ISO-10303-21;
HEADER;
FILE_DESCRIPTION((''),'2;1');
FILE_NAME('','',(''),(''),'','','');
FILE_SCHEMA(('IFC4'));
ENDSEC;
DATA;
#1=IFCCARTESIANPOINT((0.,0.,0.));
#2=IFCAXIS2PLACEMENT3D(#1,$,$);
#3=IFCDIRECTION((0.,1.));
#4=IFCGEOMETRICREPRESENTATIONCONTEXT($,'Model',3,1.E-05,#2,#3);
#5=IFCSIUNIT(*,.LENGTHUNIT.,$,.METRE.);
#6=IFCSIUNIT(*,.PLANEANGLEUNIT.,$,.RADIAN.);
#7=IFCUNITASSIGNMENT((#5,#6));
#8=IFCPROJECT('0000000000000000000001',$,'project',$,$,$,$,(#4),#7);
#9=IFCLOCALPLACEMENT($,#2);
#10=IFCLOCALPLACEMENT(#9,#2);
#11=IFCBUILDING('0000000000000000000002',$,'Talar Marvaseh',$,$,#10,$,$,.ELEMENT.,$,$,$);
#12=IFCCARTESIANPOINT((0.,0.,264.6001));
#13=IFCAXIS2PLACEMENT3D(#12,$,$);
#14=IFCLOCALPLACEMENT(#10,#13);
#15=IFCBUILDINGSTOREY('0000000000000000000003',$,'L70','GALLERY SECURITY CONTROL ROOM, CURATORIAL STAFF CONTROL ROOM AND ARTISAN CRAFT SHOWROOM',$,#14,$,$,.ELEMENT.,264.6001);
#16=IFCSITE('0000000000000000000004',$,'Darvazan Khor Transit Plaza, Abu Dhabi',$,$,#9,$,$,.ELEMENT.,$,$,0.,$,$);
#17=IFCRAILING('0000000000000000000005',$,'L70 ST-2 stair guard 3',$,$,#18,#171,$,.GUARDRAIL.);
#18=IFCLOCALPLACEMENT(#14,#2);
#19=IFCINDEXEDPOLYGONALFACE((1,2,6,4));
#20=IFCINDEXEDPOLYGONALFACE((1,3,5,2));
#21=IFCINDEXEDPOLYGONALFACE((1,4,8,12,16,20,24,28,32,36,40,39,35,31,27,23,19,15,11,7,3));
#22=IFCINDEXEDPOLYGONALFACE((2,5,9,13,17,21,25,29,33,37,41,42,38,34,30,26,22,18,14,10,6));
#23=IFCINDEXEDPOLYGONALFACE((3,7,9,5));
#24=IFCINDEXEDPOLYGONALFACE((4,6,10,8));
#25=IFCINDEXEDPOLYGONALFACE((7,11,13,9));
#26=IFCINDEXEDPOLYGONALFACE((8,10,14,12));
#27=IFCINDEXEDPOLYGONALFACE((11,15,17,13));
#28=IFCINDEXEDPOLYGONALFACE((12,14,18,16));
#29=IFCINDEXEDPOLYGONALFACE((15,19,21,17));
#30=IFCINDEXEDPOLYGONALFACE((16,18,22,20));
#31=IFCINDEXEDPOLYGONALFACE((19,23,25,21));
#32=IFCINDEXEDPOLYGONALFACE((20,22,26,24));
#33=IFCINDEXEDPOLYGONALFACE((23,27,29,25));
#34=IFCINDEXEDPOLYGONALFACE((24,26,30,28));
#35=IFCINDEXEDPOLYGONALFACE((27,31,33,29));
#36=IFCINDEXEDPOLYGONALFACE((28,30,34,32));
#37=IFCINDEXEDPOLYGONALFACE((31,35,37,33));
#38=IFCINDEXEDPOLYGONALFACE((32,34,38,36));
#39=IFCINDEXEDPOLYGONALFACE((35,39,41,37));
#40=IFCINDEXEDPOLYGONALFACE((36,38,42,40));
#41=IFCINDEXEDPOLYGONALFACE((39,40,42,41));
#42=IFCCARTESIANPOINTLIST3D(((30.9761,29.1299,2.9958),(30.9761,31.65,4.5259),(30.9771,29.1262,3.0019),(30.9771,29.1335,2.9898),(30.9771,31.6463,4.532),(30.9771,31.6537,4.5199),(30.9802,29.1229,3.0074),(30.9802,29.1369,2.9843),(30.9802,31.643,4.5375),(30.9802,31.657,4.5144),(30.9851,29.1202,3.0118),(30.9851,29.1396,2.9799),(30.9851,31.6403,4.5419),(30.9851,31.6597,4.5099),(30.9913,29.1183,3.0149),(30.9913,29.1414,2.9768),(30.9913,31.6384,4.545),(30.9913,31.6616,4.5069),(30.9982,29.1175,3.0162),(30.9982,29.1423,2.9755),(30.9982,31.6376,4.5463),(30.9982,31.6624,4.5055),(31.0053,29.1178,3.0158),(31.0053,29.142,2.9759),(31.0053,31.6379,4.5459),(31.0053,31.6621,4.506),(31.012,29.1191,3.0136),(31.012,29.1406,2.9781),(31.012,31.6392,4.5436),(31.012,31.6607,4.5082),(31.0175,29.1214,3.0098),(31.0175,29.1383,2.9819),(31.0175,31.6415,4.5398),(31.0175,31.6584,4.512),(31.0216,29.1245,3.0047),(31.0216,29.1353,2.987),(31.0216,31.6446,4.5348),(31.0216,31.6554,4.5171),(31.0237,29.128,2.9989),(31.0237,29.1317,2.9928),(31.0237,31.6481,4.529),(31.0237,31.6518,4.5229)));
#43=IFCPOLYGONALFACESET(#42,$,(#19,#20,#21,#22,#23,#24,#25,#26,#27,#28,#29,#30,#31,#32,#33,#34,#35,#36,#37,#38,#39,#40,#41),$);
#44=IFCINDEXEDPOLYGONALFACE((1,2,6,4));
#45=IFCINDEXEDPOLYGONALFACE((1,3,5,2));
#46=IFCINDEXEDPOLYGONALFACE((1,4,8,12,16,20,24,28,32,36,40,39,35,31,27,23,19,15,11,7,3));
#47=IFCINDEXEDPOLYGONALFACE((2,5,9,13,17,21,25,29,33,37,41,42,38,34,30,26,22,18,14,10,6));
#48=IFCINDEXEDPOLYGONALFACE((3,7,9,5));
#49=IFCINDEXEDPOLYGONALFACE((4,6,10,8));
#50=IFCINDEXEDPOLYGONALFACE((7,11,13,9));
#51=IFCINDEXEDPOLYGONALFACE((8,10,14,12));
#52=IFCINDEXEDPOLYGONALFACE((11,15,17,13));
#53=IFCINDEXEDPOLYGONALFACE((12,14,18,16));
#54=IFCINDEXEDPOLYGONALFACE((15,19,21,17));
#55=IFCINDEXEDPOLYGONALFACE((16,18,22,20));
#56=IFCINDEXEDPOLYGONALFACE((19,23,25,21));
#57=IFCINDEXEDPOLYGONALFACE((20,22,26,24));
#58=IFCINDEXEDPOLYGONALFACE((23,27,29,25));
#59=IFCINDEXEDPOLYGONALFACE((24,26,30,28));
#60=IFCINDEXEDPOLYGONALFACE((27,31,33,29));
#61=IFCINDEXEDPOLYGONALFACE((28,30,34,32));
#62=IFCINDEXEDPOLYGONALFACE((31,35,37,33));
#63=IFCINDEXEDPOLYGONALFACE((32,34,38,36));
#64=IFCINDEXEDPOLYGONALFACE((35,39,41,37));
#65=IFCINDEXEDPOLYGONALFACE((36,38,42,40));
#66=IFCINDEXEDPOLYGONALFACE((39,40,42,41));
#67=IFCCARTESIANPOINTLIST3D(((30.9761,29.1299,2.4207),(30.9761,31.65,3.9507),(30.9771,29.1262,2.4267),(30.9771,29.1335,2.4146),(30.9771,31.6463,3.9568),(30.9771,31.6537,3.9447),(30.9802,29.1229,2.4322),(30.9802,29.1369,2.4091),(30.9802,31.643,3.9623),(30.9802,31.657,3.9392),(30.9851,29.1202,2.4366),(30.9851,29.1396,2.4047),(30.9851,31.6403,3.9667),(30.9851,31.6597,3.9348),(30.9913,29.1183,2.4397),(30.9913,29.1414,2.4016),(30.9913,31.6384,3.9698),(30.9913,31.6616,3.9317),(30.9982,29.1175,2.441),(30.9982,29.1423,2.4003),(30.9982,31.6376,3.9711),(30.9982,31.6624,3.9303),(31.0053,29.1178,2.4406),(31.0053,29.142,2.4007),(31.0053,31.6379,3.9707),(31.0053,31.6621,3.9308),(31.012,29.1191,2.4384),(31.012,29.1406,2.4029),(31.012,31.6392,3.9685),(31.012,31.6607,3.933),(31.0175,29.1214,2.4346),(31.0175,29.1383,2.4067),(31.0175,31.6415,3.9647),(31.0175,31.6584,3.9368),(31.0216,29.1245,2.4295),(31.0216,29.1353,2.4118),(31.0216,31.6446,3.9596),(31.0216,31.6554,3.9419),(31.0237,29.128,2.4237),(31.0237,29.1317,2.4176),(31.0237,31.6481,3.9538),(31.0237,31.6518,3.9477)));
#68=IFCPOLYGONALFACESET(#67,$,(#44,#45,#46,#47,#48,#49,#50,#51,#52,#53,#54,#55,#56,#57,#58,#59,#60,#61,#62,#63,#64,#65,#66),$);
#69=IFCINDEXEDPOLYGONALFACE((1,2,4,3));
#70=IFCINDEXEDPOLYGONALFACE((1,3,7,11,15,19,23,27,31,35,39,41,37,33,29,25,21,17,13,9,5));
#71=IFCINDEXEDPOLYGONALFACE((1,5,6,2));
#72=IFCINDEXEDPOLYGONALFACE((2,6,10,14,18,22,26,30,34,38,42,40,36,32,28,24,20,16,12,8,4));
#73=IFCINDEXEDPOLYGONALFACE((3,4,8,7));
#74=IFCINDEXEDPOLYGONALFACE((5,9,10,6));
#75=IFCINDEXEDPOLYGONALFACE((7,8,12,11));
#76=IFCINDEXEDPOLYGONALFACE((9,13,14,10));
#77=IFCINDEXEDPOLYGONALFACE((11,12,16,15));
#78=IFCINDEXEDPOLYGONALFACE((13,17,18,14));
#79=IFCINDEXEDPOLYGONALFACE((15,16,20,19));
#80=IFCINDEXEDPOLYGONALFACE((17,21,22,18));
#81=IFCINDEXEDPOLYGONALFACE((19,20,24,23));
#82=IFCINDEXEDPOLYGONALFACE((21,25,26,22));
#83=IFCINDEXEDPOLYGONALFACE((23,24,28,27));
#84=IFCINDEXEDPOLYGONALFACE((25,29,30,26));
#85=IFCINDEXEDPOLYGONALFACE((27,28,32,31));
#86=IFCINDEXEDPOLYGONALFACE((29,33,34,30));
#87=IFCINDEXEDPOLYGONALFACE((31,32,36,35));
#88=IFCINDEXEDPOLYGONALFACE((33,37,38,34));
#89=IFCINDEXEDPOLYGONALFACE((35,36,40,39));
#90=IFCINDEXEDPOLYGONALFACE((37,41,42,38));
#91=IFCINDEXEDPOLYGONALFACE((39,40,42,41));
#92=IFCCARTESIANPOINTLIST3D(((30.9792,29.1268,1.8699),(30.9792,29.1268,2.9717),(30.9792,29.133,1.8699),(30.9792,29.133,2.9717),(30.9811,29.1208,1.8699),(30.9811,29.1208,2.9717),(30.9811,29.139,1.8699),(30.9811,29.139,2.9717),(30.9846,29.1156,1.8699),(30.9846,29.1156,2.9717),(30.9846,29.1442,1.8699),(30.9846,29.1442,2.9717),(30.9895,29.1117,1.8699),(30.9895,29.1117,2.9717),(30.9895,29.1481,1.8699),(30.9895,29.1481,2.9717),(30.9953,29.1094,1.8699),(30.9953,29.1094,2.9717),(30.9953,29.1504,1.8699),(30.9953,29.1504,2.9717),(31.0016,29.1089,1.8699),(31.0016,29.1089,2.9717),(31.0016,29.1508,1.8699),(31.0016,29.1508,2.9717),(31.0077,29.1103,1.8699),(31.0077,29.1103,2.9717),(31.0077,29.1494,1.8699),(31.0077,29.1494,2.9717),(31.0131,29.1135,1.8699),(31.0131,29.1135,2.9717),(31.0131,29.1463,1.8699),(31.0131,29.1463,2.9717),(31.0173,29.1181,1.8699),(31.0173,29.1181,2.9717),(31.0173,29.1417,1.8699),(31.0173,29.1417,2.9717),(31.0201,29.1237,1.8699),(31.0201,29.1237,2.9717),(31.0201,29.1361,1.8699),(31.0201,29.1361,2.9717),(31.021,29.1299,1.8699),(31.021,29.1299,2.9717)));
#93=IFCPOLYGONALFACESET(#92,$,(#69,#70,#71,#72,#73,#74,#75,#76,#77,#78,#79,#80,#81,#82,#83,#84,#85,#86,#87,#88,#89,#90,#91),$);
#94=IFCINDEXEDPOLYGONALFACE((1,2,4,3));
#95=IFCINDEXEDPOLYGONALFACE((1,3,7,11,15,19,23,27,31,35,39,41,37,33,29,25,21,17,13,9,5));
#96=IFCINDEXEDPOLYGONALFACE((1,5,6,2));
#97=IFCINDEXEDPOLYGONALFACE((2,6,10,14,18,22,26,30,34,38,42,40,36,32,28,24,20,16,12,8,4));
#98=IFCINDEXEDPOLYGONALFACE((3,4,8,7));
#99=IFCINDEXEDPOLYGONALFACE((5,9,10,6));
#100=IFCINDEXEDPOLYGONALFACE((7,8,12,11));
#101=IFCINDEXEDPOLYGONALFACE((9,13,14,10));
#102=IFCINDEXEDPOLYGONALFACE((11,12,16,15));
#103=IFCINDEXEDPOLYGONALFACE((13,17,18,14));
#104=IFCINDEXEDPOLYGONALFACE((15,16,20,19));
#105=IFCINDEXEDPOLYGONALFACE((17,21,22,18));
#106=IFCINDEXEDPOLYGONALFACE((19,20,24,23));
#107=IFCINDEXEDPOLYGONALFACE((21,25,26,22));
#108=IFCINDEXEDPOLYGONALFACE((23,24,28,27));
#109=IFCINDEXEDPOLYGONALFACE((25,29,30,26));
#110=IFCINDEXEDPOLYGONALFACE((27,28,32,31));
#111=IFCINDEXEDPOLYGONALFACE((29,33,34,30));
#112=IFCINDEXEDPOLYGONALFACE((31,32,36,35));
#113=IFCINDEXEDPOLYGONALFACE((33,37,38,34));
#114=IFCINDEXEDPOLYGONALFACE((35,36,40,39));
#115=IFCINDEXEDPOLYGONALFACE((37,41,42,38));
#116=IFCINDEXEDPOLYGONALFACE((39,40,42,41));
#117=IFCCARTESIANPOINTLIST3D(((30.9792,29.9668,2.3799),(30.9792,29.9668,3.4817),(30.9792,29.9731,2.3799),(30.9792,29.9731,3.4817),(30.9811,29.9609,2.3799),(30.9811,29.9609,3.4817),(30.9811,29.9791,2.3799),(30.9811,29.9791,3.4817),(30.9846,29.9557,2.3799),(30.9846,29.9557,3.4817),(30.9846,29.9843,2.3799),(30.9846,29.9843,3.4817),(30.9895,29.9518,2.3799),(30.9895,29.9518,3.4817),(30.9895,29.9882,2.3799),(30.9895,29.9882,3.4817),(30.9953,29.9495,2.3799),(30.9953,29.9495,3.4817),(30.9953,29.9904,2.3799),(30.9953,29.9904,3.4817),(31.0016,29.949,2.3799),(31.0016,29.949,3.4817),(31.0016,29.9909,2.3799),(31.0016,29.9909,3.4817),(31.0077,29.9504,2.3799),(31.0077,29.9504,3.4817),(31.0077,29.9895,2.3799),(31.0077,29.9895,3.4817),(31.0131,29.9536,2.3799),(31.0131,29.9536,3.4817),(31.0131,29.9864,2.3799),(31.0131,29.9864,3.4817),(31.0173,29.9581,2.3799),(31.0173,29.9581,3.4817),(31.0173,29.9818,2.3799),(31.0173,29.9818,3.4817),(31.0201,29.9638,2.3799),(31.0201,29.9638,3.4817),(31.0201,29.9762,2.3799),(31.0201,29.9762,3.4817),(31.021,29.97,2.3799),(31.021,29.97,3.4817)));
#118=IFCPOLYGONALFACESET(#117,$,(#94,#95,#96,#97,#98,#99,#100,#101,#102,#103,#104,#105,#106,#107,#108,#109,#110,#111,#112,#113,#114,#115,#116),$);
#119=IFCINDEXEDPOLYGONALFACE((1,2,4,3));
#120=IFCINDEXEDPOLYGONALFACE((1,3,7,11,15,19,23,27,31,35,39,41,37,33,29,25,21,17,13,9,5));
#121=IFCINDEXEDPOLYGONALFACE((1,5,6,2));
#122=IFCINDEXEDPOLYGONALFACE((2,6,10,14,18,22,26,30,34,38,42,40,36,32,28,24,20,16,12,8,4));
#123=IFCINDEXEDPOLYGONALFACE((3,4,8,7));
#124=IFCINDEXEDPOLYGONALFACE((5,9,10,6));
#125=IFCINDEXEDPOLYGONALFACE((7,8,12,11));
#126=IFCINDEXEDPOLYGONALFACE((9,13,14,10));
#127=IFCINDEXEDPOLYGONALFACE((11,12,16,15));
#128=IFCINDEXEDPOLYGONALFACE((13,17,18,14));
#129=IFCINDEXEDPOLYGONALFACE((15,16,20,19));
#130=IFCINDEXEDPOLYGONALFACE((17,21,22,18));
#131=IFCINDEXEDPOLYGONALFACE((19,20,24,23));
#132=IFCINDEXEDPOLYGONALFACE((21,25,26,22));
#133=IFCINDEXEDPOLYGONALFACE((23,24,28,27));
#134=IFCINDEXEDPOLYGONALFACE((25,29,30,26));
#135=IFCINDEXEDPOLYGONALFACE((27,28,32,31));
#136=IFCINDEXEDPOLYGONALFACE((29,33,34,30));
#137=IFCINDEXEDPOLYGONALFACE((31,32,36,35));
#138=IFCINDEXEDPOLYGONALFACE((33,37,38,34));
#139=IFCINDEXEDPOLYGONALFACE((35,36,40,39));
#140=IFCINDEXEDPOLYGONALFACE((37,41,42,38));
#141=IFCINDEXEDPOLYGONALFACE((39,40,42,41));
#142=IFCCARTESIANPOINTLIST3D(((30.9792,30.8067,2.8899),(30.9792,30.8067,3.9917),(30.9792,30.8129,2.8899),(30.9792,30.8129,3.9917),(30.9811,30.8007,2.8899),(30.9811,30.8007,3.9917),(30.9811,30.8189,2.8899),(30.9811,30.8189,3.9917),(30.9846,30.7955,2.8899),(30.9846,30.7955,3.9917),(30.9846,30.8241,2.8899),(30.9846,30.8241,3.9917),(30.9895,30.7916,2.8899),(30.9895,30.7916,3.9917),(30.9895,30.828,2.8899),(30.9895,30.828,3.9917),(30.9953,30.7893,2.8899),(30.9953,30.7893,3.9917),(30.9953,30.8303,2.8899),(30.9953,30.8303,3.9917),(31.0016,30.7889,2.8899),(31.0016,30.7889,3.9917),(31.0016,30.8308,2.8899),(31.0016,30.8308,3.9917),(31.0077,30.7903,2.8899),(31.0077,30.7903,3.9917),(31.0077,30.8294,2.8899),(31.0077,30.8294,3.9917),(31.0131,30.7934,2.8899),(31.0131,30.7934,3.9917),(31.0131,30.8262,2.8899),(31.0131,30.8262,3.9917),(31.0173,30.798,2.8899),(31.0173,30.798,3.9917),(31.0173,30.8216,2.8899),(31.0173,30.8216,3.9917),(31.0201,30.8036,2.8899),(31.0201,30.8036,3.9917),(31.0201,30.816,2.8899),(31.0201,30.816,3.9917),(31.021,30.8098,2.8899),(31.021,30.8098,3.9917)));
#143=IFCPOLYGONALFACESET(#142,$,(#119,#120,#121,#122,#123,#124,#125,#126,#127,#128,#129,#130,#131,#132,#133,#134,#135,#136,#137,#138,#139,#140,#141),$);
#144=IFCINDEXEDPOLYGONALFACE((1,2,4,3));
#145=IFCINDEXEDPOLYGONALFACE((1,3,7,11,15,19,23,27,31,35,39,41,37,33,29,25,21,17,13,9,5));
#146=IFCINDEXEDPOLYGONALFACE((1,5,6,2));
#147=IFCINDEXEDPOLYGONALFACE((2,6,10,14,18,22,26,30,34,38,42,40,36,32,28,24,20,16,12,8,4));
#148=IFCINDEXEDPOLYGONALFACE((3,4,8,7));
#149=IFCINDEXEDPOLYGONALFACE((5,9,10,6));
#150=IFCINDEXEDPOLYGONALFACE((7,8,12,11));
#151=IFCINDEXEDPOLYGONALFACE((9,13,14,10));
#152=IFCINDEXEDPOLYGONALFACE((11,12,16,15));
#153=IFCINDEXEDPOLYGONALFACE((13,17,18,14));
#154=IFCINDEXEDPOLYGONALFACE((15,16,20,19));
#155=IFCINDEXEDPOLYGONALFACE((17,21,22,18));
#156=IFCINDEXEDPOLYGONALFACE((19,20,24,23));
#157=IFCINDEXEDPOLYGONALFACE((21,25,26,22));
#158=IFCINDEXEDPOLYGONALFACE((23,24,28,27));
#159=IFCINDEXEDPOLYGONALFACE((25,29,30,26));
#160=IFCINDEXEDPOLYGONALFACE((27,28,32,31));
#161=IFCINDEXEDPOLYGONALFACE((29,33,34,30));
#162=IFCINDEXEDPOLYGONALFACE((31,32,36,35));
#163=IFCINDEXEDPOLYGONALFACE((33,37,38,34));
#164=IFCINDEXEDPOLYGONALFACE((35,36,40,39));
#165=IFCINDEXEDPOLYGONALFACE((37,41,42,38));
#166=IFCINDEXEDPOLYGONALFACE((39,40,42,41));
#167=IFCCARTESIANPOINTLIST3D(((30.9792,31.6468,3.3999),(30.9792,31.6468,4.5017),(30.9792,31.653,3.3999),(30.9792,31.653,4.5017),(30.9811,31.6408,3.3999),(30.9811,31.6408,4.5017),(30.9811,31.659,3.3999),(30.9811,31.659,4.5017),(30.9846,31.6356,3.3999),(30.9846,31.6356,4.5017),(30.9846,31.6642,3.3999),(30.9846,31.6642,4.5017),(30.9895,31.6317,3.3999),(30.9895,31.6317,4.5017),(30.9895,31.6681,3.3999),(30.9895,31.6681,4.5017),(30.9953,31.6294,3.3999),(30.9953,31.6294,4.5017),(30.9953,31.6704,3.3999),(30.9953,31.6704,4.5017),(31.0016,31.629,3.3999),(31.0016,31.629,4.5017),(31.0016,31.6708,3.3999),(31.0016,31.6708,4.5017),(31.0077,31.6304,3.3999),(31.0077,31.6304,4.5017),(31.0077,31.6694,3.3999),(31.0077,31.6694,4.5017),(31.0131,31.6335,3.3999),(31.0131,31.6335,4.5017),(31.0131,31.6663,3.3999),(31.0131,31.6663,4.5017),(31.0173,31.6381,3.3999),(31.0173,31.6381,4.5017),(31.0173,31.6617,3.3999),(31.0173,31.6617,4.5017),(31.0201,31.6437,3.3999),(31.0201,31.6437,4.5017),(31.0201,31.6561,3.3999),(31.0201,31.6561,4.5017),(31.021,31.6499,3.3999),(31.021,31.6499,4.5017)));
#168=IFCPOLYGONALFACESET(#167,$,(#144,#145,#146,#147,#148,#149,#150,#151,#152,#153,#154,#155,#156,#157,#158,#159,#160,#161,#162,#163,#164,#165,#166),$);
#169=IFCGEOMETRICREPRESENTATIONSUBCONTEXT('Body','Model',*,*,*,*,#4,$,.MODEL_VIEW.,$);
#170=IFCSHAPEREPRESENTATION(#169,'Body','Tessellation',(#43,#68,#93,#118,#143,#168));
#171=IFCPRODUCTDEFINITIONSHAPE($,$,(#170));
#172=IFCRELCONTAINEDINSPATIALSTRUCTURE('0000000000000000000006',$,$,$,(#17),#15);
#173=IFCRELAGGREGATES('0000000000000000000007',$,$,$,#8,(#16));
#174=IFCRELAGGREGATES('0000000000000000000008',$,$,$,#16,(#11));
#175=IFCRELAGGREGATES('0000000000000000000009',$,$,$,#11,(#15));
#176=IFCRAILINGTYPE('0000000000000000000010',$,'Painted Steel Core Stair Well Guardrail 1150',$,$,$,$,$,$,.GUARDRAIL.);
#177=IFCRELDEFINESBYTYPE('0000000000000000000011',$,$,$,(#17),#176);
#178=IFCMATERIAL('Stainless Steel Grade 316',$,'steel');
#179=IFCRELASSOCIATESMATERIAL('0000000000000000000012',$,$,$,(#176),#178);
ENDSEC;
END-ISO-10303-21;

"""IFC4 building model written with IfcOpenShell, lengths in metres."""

from ifc_helpers import new_model, si_unit, direction, frame, origin, origin_2d, place, context, subcontext, project, spatial, circle, extrude, material, type_object, element, save


model = new_model("IFC4")

# Units and contexts
model_context = context("Model", 3, precision=1e-05, world=origin(), true_north=direction((0.0, 1.0)))
body_context = subcontext(model_context, "Body", "Model", "MODEL_VIEW")
ifc_project = project(units=[si_unit("LENGTHUNIT", "METRE"), si_unit("PLANEANGLEUNIT", "RADIAN")], contexts=[model_context])

# Site, building, storey
site_placement = place(None, origin())
site = spatial("IfcSite", under=ifc_project, at=site_placement, Name="Darvazan Khor Transit Plaza, Abu Dhabi", CompositionType="ELEMENT", RefElevation=0.0)
building_placement = place(site_placement, origin())
building = spatial("IfcBuilding", under=site, at=building_placement, Name="Talar Marvaseh", CompositionType="ELEMENT")
storey_placement = place(building_placement, frame((0.0, 0.0, 264.6001)))
storey = spatial("IfcBuildingStorey", under=building, at=storey_placement, Name="L70", Description="GALLERY SECURITY CONTROL ROOM, CURATORIAL STAFF CONTROL ROOM AND ARTISAN CRAFT SHOWROOM", CompositionType="ELEMENT", Elevation=264.6001)

# Shared definitions
ifc_material_1 = material(Name="Stainless Steel Grade 316", Category="steel")

# Railing
railing_type_1 = type_object("IfcRailingType", Name="Painted Steel Core Stair Well Guardrail 1150", PredefinedType="GUARDRAIL", material=ifc_material_1)
railing_1_placement = place(storey_placement, frame((31.0, 29.1299, 1.8699)))
element("IfcRailing", 1, at=railing_1_placement, inside=storey, type_object=railing_type_1, Name="L70 ST-2 stair guard 3", PredefinedType="GUARDRAIL", context=body_context, shape_type="SweptSolid", body=[
    extrude(circle(Radius=0.0239, at=origin_2d()), frame((0.0, 0.0, 1.126), z_axis=(0.0, 0.854785, 0.518982), x_axis=(-1.0, 0.0, 0.0)), (0.0, 0.0, 1.0), 2.9482),
    extrude(circle(Radius=0.0239, at=origin_2d()), frame((0.0, 0.0, 0.5508), z_axis=(0.0, 0.854785, 0.518982), x_axis=(-1.0, 0.0, 0.0)), (0.0, 0.0, 1.0), 2.9482),
    extrude(circle(Radius=0.021, at=origin_2d()), origin(), (0.0, 0.0, 1.0), 1.1018),
    extrude(circle(Radius=0.021, at=origin_2d()), frame((0.0, 0.8401, 0.51)), (0.0, 0.0, 1.0), 1.1018),
    extrude(circle(Radius=0.021, at=origin_2d()), frame((0.0, 1.6799, 1.02)), (0.0, 0.0, 1.0), 1.1018),
    extrude(circle(Radius=0.021, at=origin_2d()), frame((0.0, 2.52, 1.53)), (0.0, 0.0, 1.0), 1.1018),
])

save(model, "model.ifc")
